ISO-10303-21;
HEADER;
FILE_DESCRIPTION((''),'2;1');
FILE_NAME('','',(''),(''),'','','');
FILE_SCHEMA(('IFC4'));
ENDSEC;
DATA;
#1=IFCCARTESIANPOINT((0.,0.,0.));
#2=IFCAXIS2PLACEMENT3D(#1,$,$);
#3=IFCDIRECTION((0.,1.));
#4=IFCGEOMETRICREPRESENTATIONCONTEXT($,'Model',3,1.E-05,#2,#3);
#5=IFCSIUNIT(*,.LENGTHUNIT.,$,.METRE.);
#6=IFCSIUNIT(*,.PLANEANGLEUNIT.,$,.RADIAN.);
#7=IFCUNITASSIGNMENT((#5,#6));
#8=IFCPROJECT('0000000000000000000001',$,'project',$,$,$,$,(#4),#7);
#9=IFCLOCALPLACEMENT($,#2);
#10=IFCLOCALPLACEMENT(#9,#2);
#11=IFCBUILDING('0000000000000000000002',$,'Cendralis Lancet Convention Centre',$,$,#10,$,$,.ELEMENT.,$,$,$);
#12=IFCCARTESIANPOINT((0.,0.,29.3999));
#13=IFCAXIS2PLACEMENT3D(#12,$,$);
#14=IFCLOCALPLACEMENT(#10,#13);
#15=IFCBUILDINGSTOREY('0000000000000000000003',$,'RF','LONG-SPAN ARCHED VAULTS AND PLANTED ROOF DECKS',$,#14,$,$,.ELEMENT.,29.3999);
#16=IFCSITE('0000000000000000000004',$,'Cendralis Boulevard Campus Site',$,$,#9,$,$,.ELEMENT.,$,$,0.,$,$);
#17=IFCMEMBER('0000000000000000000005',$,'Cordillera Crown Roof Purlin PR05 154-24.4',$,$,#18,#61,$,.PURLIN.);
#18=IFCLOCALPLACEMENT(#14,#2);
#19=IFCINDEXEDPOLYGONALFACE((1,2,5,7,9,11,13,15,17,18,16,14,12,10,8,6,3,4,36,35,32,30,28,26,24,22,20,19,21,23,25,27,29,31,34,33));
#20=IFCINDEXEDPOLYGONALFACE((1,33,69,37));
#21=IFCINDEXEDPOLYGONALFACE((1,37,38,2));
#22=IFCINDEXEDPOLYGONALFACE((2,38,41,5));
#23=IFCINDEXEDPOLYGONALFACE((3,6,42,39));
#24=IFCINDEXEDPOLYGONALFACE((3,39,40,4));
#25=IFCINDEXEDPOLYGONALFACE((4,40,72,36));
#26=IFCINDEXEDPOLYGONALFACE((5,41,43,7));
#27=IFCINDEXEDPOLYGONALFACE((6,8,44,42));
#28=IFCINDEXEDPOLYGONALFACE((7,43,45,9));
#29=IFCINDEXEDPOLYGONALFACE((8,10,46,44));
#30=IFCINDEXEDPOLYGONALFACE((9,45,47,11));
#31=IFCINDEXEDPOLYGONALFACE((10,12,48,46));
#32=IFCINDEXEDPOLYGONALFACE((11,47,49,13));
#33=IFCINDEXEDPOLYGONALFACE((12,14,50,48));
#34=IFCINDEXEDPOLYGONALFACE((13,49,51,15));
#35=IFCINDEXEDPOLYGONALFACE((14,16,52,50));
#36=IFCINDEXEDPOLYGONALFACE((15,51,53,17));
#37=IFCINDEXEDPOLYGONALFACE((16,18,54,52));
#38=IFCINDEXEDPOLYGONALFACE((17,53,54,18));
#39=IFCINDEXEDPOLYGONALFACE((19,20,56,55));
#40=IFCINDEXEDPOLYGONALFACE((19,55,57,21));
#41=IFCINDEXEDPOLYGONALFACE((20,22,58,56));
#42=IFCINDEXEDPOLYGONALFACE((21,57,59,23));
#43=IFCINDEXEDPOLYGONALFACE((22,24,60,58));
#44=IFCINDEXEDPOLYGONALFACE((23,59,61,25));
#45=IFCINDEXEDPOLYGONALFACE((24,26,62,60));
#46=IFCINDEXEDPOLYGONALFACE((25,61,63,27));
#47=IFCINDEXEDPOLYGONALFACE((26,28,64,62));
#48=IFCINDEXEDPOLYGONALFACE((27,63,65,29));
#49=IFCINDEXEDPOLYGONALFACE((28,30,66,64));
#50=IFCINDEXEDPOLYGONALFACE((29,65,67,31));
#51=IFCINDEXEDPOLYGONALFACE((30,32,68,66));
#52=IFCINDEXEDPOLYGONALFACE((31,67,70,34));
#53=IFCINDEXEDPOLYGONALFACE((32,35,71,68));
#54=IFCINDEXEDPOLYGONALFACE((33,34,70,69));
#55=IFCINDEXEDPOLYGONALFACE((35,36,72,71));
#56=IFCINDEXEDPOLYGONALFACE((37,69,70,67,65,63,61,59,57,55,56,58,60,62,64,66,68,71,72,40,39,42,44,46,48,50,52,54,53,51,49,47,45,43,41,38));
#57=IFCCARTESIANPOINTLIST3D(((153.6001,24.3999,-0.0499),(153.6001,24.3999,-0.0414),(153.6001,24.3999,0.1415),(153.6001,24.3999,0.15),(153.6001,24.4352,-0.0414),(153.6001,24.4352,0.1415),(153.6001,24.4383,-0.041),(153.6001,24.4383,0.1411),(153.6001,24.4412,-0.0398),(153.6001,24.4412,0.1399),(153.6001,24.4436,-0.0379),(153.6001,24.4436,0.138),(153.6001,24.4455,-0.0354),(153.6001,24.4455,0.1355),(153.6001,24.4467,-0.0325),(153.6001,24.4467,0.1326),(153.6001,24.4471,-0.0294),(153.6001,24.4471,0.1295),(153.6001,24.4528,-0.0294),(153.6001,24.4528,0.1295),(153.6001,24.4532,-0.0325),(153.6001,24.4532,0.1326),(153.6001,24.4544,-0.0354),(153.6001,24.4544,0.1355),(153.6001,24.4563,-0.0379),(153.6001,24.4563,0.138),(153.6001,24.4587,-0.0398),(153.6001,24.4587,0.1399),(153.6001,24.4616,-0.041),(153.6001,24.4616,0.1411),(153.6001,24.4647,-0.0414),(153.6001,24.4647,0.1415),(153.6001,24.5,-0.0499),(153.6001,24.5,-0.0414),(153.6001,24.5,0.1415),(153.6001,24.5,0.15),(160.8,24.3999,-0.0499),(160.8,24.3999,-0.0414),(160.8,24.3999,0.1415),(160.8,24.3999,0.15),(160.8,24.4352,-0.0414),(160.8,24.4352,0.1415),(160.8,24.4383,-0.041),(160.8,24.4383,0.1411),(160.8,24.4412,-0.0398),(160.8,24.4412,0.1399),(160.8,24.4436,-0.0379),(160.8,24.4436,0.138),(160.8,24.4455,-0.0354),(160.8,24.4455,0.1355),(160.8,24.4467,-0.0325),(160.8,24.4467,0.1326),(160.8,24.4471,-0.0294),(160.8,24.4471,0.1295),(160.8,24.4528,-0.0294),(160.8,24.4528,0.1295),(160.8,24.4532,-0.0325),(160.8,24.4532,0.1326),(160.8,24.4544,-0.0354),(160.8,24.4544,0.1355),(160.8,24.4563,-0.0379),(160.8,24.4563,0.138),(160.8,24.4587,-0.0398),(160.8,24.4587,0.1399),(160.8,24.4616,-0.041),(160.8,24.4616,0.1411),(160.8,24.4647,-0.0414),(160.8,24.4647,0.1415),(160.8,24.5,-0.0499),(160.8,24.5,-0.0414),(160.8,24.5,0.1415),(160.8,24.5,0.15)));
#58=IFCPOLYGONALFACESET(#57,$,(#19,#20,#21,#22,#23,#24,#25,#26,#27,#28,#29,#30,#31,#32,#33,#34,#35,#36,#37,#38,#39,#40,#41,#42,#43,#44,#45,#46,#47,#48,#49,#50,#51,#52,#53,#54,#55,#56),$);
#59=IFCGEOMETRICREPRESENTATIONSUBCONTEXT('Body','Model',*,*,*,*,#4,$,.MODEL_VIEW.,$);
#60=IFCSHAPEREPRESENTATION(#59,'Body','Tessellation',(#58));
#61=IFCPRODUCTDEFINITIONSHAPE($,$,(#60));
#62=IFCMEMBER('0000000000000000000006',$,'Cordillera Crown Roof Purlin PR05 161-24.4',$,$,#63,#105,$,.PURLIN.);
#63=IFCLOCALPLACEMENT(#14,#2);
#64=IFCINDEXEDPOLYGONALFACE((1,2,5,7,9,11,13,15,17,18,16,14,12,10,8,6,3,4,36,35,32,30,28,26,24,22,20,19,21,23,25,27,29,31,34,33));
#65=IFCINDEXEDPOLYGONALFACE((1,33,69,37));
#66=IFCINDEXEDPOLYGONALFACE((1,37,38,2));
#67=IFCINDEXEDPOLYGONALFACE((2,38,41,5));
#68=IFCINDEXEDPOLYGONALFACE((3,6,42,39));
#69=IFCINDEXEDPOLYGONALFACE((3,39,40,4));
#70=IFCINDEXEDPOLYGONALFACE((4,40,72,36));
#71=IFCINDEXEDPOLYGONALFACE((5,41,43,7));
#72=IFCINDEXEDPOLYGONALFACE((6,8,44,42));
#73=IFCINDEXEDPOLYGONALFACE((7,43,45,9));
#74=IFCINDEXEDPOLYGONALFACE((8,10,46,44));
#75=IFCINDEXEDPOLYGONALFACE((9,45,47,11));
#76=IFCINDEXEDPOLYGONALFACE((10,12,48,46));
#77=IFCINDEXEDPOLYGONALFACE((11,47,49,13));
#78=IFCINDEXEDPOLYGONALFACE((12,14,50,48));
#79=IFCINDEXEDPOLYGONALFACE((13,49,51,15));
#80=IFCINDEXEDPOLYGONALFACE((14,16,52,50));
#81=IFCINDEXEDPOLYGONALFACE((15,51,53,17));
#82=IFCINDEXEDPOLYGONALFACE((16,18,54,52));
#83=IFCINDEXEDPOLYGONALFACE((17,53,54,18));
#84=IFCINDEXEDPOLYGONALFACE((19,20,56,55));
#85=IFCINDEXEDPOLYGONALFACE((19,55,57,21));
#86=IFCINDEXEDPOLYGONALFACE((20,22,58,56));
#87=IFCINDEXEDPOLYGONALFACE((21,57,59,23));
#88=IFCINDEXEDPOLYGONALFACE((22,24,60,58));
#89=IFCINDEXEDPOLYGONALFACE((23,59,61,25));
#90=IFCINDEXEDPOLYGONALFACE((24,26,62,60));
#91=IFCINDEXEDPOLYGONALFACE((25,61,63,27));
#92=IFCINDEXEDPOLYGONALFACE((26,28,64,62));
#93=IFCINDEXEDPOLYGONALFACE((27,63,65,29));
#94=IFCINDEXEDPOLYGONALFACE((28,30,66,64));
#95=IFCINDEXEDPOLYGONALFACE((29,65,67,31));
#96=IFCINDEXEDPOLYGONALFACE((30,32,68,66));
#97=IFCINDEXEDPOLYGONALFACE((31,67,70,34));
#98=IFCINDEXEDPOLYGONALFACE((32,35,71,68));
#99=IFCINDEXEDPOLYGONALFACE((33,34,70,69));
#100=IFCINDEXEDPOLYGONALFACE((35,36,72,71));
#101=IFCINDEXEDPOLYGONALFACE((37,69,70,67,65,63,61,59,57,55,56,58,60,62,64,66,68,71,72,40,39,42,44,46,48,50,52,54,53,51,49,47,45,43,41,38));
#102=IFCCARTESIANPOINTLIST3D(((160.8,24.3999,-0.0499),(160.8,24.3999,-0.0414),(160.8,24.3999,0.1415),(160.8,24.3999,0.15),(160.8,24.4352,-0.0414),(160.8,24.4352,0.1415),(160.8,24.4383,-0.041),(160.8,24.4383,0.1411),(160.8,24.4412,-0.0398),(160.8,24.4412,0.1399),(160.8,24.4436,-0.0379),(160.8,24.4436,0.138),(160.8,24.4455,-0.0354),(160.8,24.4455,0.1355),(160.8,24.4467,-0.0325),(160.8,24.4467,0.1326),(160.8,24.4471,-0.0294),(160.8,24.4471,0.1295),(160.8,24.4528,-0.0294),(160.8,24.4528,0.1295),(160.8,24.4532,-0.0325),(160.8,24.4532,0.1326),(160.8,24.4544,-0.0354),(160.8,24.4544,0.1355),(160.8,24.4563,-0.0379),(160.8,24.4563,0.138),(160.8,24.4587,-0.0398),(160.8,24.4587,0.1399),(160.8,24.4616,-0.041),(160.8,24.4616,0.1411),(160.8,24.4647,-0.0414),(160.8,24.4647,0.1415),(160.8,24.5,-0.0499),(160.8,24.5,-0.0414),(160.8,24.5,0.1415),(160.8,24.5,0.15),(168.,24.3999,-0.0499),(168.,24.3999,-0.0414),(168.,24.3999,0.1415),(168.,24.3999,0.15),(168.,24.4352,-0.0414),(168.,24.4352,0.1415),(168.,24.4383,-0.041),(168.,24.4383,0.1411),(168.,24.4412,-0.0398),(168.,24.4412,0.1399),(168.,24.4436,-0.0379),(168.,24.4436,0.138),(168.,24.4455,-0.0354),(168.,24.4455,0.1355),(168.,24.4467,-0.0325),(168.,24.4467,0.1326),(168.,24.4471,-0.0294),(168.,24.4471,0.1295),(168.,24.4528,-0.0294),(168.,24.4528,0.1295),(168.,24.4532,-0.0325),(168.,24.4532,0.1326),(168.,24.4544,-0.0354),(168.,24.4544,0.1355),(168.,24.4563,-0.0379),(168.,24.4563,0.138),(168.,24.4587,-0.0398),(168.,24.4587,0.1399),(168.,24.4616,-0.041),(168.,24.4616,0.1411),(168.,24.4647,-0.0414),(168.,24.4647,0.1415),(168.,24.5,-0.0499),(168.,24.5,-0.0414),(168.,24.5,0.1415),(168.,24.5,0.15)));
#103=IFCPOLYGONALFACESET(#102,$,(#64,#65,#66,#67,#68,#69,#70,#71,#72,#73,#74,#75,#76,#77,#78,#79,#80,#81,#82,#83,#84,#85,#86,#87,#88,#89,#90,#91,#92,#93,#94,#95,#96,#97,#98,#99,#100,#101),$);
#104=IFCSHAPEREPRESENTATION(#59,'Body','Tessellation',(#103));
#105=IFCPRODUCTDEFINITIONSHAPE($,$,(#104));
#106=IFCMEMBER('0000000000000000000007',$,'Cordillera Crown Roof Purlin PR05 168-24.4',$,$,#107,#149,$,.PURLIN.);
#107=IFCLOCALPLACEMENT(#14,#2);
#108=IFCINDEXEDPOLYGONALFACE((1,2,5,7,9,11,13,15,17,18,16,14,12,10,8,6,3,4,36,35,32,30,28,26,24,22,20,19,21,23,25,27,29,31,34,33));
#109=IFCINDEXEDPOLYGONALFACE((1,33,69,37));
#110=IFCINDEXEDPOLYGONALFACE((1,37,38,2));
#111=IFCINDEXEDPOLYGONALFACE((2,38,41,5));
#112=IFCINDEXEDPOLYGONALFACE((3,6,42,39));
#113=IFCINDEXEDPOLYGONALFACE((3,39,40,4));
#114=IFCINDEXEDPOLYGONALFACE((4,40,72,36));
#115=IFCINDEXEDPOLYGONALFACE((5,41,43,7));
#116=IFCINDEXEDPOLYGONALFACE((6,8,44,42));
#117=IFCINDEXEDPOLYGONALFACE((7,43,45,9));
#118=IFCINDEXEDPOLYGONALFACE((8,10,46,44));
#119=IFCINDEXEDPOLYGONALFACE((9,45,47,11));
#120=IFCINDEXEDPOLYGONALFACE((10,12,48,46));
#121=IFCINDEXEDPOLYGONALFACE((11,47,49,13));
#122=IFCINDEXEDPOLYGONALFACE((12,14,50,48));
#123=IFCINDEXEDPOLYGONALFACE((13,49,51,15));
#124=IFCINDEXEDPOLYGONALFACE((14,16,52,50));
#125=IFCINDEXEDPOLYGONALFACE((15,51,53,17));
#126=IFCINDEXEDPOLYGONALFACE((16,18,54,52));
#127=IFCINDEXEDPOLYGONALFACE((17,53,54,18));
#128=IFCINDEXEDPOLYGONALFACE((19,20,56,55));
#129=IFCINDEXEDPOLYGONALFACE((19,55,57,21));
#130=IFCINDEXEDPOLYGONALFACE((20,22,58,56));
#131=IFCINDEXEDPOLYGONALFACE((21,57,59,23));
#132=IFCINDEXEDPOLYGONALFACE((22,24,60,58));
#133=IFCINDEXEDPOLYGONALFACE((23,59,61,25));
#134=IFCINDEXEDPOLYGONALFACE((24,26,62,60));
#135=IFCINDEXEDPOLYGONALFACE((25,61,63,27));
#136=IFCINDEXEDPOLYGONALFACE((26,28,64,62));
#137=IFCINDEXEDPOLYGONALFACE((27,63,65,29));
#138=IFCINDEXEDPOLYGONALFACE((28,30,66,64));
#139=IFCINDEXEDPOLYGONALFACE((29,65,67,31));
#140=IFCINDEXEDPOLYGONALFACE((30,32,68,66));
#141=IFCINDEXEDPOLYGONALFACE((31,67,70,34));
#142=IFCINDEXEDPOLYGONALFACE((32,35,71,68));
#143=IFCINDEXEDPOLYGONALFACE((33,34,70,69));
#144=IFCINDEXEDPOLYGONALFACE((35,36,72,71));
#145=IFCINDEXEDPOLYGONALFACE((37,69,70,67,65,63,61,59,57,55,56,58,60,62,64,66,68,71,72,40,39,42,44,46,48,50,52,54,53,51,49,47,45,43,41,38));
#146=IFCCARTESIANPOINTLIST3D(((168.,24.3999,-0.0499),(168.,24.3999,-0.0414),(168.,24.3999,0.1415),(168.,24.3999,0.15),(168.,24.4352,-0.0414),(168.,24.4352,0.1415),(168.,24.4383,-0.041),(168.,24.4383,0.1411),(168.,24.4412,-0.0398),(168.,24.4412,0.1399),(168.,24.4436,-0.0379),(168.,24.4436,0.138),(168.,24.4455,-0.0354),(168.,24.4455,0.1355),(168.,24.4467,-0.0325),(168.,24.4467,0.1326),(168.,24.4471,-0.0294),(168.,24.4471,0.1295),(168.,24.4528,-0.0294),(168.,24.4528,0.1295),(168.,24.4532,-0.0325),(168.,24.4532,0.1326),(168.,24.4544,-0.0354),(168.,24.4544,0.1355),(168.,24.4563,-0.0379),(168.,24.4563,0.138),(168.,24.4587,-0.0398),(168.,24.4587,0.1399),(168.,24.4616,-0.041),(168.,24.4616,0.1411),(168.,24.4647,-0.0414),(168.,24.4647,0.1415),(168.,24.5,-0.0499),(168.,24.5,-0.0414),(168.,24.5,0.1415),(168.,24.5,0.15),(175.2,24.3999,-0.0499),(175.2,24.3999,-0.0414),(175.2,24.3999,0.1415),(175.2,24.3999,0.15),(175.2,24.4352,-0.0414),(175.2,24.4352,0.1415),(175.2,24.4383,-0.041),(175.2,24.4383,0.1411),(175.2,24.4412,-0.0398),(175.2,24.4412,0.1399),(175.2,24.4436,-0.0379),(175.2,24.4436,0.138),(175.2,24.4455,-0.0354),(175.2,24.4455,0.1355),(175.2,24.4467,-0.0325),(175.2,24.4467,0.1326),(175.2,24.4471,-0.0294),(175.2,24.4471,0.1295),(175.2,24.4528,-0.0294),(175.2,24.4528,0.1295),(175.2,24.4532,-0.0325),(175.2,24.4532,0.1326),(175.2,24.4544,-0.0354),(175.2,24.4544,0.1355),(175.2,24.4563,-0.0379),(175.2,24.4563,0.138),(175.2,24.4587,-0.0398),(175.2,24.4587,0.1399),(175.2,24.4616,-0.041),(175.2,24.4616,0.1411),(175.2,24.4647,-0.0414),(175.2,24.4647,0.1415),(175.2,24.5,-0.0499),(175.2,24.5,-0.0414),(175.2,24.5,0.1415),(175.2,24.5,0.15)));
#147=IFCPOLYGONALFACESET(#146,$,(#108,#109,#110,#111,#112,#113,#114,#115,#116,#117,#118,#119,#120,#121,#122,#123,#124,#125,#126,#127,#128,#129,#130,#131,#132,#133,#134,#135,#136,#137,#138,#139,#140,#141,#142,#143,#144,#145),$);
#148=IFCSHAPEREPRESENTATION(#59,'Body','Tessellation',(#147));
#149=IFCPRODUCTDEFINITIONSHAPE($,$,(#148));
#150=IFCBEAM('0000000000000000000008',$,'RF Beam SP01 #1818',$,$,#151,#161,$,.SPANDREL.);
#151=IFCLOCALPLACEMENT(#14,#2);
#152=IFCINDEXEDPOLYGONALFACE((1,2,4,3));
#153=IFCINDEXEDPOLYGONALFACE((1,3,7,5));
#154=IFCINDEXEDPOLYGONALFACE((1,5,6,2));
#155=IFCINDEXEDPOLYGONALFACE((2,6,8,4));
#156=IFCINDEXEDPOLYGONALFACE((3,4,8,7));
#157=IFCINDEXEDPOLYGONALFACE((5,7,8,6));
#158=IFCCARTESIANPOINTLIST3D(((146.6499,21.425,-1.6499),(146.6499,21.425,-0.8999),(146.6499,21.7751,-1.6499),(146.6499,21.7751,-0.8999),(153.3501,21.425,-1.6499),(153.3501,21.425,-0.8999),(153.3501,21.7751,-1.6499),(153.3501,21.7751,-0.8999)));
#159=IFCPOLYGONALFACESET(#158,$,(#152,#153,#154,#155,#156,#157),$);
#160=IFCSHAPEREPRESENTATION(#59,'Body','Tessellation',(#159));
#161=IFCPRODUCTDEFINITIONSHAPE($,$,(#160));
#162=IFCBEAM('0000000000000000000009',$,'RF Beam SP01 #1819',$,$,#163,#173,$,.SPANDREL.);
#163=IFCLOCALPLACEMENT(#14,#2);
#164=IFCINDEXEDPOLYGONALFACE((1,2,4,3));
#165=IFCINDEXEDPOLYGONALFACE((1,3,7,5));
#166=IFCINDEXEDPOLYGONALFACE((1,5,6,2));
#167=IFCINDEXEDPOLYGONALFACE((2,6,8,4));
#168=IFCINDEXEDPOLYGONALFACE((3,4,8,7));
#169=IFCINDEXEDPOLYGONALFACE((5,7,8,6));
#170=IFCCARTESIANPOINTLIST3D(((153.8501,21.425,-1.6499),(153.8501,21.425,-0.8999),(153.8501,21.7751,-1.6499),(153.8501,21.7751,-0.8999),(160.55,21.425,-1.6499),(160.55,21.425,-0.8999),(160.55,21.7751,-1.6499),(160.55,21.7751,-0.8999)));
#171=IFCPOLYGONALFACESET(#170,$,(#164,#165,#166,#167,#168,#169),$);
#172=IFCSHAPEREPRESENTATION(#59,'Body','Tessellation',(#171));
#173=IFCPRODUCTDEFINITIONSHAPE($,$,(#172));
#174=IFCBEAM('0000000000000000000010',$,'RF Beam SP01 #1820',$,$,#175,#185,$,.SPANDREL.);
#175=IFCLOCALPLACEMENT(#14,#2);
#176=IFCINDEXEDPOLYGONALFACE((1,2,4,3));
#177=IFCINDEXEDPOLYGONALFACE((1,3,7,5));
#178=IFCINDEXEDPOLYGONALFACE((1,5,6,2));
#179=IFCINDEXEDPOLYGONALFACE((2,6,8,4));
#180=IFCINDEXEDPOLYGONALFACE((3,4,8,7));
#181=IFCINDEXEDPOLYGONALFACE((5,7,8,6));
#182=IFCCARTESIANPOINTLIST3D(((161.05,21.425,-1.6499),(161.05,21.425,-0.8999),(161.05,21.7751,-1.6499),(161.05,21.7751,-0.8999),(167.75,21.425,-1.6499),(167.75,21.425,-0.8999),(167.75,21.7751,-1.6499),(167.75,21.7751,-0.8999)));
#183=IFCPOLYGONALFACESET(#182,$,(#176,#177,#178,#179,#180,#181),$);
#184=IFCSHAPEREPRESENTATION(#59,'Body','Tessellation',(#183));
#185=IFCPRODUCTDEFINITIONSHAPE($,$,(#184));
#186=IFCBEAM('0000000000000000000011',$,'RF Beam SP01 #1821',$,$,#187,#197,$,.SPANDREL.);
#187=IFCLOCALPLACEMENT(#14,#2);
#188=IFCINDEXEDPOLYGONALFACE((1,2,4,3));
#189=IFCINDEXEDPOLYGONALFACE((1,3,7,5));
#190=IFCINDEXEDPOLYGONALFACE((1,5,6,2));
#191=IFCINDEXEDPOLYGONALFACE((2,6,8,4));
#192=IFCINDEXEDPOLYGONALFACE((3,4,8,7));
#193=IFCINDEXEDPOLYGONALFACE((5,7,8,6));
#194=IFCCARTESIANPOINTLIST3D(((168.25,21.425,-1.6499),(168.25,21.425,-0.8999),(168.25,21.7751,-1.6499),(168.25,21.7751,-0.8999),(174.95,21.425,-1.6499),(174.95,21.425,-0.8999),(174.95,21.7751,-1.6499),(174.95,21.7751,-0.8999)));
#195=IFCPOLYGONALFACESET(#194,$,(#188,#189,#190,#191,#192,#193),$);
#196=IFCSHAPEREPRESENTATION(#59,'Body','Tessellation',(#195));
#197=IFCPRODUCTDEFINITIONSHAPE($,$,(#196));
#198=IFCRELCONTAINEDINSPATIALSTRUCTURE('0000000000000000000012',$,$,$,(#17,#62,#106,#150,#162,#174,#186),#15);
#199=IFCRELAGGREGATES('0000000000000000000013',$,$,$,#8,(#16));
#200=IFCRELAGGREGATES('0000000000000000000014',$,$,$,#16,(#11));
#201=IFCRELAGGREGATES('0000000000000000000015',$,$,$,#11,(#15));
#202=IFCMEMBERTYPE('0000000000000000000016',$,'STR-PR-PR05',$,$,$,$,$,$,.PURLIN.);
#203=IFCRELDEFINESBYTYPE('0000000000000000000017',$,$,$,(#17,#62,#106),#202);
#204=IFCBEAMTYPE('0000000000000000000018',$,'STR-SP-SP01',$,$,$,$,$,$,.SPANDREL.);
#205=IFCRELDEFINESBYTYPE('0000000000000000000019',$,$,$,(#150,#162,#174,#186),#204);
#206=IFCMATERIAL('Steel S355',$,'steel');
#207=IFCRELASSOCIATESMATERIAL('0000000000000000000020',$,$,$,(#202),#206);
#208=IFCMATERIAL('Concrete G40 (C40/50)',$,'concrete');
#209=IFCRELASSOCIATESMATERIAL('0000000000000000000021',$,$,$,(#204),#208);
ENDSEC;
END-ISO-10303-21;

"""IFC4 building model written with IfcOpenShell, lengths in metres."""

from ifc_helpers import new_model, si_unit, direction, frame, origin, origin_2d, place, context, subcontext, project, spatial, rectangle, i_section, extrude, material, material_profile, profile_set, type_object, element, save


model = new_model("IFC4")

# Units and contexts
model_context = context("Model", 3, precision=1e-05, world=origin(), true_north=direction((0.0, 1.0)))
body_context = subcontext(model_context, "Body", "Model", "MODEL_VIEW")
ifc_project = project(units=[si_unit("LENGTHUNIT", "METRE"), si_unit("PLANEANGLEUNIT", "RADIAN")], contexts=[model_context])

# Site, building, storey
site_placement = place(None, origin())
site = spatial("IfcSite", under=ifc_project, at=site_placement, Name="Cendralis Boulevard Campus Site", CompositionType="ELEMENT", RefElevation=0.0)
building_placement = place(site_placement, origin())
building = spatial("IfcBuilding", under=site, at=building_placement, Name="Cendralis Lancet Convention Centre", CompositionType="ELEMENT")
storey_placement = place(building_placement, frame((0.0, 0.0, 29.3999)))
storey = spatial("IfcBuildingStorey", under=building, at=storey_placement, Name="RF", Description="LONG-SPAN ARCHED VAULTS AND PLANTED ROOF DECKS", CompositionType="ELEMENT", Elevation=29.3999)

# Shared definitions
ifc_material_1 = material(Name="Steel S355", Category="steel")

# Members
ifc_material_profile_1 = material_profile(ifc_material_1, i_section(OverallWidth=0.1001, OverallDepth=0.2, WebThickness=0.0056, FlangeThickness=0.0085, FilletRadius=0.012, at=origin_2d()), Name="IPE 200")
ifc_profile_set_1 = profile_set([ifc_material_profile_1], Name="Steel S355")
member_type_1 = type_object("IfcMemberType", Name="STR-PR-PR05", PredefinedType="PURLIN", material=ifc_profile_set_1)
for number, where, z_axis, x_axis, name in (
    (1, (153.6001, 24.45, 0.05), (1.0, 0.0, 0.0), (0.0, 1.0, 0.0), "Cordillera Crown Roof Purlin PR05 154-24.4"),
    (2, (160.8, 24.45, 0.05), (1.0, 0.0, 0.0), (0.0, 1.0, 0.0), "Cordillera Crown Roof Purlin PR05 161-24.4"),
    (3, (168.0, 24.45, 0.05), (1.0, 0.0, 0.0), (0.0, 1.0, 0.0), "Cordillera Crown Roof Purlin PR05 168-24.4"),
):
    element("IfcMember", number, at=place(storey_placement, frame(where, z_axis=z_axis, x_axis=x_axis)), inside=storey, type_object=member_type_1, Name=name, PredefinedType="PURLIN", context=body_context, shape_type="SweptSolid", body=[
        extrude(i_section(OverallWidth=0.1001, OverallDepth=0.2, WebThickness=0.0056, FlangeThickness=0.0085, FilletRadius=0.012, at=origin_2d()), origin(), (0.0, 0.0, 1.0), 7.2),
    ])

# Beams
ifc_material_2 = material(Name="Concrete G40 (C40/50)", Category="concrete")
ifc_material_profile_2 = material_profile(ifc_material_2, rectangle(XDim=0.3501, YDim=0.75, at=origin_2d()), Name="RCB 350x750")
ifc_profile_set_2 = profile_set([ifc_material_profile_2], Name="Concrete G40 (C40/50)")
beam_type_1 = type_object("IfcBeamType", Name="STR-SP-SP01", PredefinedType="SPANDREL", material=ifc_profile_set_2)
beam_1_placement = place(storey_placement, frame((146.6499, 21.6001, -1.2749), z_axis=(1.0, 0.0, 0.0), x_axis=(0.0, 1.0, 0.0)))
element("IfcBeam", 4, at=beam_1_placement, inside=storey, type_object=beam_type_1, Name="RF Beam SP01 #1818", PredefinedType="SPANDREL", context=body_context, shape_type="SweptSolid", body=[
    extrude(rectangle(XDim=0.3501, YDim=0.75, at=origin_2d()), origin(), (0.0, 0.0, 1.0), 6.7002),
])
for number, where, z_axis, x_axis, name in (
    (5, (153.8501, 21.6001, -1.2749), (1.0, 0.0, 0.0), (0.0, 1.0, 0.0), "RF Beam SP01 #1819"),
    (6, (161.05, 21.6001, -1.2749), (1.0, 0.0, 0.0), (0.0, 1.0, 0.0), "RF Beam SP01 #1820"),
    (7, (168.25, 21.6001, -1.2749), (1.0, 0.0, 0.0), (0.0, 1.0, 0.0), "RF Beam SP01 #1821"),
):
    element("IfcBeam", number, at=place(storey_placement, frame(where, z_axis=z_axis, x_axis=x_axis)), inside=storey, type_object=beam_type_1, Name=name, PredefinedType="SPANDREL", context=body_context, shape_type="SweptSolid", body=[
        extrude(rectangle(XDim=0.3501, YDim=0.75, at=origin_2d()), origin(), (0.0, 0.0, 1.0), 6.7),
    ])

save(model, "model.ifc")
